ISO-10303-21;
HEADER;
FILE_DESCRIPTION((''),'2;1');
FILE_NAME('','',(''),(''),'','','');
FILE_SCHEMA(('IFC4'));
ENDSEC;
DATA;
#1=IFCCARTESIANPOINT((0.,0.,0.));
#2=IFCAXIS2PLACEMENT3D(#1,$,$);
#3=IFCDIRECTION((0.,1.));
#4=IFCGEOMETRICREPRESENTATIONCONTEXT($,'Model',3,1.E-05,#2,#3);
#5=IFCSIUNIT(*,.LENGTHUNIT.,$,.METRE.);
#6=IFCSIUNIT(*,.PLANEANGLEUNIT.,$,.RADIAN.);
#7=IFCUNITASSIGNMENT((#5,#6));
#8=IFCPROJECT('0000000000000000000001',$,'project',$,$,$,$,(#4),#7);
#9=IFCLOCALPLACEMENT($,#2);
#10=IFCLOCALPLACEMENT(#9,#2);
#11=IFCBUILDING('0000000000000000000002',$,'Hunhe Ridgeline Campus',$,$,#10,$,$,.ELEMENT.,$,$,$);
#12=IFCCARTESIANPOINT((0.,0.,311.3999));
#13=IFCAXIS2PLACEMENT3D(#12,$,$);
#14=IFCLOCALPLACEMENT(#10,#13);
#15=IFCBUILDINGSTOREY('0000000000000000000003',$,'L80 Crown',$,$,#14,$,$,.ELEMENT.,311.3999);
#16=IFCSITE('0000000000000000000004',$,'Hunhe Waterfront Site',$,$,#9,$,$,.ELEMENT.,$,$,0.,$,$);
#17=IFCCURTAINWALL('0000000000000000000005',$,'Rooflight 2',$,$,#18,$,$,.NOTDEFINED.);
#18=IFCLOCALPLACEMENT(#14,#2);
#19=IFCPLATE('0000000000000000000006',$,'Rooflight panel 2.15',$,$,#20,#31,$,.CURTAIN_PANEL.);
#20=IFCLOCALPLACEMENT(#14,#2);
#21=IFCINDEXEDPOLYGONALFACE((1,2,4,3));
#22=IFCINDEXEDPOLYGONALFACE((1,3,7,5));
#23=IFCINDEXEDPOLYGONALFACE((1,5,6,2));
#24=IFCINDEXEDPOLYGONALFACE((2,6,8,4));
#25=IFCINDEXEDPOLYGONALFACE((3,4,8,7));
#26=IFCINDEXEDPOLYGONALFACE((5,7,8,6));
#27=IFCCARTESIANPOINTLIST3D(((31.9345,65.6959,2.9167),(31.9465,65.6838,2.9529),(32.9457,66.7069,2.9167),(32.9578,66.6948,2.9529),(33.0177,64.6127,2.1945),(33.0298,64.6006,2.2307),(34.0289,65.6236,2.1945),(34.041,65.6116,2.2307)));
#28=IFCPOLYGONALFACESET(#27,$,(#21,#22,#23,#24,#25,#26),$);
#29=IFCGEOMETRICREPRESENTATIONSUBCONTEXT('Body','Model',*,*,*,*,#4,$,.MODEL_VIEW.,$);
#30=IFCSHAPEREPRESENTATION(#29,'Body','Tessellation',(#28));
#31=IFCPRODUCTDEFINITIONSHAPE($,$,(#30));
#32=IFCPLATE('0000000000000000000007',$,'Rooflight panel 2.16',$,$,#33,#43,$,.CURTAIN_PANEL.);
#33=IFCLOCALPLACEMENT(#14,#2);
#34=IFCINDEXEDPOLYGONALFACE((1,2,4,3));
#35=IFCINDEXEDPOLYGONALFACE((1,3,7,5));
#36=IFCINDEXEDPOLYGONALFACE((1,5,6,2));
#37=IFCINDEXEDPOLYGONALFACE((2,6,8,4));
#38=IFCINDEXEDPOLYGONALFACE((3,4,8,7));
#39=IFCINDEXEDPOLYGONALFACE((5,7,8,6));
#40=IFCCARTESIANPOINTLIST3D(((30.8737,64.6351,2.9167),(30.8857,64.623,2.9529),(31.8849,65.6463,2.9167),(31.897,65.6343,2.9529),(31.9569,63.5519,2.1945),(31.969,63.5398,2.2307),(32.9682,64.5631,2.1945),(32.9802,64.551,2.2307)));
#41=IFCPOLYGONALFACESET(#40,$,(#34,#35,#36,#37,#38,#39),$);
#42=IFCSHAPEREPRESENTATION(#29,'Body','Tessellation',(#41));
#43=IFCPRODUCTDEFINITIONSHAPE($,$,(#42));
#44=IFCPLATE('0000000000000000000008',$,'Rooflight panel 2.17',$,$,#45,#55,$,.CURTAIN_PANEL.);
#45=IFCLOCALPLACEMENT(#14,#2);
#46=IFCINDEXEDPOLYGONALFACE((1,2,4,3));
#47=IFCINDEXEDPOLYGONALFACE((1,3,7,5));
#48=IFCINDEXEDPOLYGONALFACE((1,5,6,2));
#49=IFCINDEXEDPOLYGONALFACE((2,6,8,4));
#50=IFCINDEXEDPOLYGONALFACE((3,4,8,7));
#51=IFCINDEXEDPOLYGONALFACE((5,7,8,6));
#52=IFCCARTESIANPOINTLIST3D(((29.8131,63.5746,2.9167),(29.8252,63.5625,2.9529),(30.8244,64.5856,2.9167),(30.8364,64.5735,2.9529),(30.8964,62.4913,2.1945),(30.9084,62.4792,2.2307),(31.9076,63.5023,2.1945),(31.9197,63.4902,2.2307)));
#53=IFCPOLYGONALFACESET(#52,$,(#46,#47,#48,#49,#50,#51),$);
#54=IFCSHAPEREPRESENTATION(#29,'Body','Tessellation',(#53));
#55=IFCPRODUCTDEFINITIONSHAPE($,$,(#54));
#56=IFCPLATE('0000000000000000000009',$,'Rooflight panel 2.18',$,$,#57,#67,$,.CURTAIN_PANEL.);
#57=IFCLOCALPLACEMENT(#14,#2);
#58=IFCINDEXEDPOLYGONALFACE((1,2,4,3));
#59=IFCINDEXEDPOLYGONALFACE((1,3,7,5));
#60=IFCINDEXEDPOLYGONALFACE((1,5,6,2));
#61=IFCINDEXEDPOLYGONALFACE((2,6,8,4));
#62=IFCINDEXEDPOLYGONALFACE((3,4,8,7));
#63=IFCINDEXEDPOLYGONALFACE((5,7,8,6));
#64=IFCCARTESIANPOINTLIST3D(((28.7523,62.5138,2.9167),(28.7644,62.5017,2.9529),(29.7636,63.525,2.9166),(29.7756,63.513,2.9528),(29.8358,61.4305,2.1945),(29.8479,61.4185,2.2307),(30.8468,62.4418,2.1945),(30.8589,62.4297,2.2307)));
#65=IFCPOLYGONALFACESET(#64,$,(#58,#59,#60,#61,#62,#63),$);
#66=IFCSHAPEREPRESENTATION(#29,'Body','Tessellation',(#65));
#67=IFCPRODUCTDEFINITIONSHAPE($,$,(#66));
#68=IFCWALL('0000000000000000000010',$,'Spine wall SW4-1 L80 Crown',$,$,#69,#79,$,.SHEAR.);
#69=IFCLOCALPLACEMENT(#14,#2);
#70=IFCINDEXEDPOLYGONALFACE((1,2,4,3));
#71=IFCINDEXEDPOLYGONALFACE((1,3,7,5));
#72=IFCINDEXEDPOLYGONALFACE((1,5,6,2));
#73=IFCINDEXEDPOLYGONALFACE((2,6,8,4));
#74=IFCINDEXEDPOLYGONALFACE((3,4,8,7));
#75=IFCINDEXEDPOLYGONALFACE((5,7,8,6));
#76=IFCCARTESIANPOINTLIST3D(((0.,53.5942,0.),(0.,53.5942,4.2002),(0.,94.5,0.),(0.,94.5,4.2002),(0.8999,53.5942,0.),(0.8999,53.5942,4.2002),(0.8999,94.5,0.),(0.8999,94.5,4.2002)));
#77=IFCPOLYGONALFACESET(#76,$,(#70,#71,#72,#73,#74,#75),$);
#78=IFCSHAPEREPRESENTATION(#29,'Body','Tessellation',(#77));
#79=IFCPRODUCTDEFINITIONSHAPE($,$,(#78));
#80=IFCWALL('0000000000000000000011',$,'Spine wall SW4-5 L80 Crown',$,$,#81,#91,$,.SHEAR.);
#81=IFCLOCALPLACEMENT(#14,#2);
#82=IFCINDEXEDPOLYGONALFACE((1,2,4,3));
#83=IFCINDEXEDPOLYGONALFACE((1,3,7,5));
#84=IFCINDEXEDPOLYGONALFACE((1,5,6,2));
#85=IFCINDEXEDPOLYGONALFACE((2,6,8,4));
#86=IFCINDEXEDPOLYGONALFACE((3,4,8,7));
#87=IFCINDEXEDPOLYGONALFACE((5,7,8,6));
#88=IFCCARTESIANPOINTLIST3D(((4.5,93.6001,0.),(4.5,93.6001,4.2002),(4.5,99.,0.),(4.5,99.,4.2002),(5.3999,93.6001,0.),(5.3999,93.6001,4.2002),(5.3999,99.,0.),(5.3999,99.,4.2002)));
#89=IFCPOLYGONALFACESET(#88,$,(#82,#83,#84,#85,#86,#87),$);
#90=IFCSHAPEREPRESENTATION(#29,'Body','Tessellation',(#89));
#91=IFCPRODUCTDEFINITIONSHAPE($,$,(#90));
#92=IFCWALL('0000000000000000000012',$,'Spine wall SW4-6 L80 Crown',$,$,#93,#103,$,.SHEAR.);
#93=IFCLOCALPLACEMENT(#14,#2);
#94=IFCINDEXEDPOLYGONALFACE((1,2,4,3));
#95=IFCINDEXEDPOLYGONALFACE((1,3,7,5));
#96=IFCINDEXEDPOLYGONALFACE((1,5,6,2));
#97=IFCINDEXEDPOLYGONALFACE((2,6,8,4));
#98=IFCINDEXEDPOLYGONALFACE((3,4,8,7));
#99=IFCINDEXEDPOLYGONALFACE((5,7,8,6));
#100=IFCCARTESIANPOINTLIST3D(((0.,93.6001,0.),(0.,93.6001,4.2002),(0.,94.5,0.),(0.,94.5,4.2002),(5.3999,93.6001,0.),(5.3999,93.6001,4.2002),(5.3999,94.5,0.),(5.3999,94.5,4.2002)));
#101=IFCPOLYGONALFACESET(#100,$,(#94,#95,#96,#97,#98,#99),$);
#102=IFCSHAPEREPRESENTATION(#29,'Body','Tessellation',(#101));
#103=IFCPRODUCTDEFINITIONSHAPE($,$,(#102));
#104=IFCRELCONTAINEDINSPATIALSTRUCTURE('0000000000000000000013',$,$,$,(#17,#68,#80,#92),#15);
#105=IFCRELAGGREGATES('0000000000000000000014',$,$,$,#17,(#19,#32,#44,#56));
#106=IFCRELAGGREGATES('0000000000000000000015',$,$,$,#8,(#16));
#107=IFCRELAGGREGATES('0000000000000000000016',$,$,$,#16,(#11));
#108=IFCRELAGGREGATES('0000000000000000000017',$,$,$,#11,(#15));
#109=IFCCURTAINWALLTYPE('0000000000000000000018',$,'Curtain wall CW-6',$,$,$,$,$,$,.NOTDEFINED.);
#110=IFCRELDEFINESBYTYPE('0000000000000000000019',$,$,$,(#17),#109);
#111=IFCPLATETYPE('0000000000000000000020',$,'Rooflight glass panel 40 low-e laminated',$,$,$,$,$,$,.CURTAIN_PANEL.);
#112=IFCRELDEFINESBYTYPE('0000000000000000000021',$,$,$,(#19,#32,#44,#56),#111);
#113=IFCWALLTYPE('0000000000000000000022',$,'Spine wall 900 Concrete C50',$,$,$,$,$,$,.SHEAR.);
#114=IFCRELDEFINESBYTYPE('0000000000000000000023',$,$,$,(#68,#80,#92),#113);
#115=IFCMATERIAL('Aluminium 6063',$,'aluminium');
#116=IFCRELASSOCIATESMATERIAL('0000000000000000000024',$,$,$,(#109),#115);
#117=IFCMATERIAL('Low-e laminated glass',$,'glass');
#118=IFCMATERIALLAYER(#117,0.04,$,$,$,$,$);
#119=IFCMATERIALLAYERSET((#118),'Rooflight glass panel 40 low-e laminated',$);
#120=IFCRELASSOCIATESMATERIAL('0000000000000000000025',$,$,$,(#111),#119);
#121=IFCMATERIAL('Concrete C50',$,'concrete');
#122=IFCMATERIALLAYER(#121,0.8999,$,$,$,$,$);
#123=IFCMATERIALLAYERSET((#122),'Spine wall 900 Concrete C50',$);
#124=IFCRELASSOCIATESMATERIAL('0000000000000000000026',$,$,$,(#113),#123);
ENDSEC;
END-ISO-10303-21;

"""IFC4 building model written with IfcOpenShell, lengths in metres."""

from ifc_helpers import new_model, si_unit, direction, frame, origin, place, context, subcontext, project, spatial, polyline, outline, extrude, material, layer, layer_set, type_object, element, aggregate, save


model = new_model("IFC4")

# Units and contexts
model_context = context("Model", 3, precision=1e-05, world=origin(), true_north=direction((0.0, 1.0)))
body_context = subcontext(model_context, "Body", "Model", "MODEL_VIEW")
ifc_project = project(units=[si_unit("LENGTHUNIT", "METRE"), si_unit("PLANEANGLEUNIT", "RADIAN")], contexts=[model_context])

# Site, building, storey
site_placement = place(None, origin())
site = spatial("IfcSite", under=ifc_project, at=site_placement, Name="Hunhe Waterfront Site", CompositionType="ELEMENT", RefElevation=0.0)
building_placement = place(site_placement, origin())
building = spatial("IfcBuilding", under=site, at=building_placement, Name="Hunhe Ridgeline Campus", CompositionType="ELEMENT")
storey_placement = place(building_placement, frame((0.0, 0.0, 311.3999)))
storey = spatial("IfcBuildingStorey", under=building, at=storey_placement, Name="L80 Crown", CompositionType="ELEMENT", Elevation=311.3999)

# Curtain wall, plates
ifc_material_1 = material(Name="Aluminium 6063", Category="aluminium")
curtain_wall_type = type_object("IfcCurtainWallType", Name="Curtain wall CW-6", PredefinedType="NOTDEFINED", material=ifc_material_1)
curtain_wall_placement = place(storey_placement, origin())
curtain_wall = element("IfcCurtainWall", 1, at=curtain_wall_placement, inside=storey, type_object=curtain_wall_type, Name="Rooflight 2", PredefinedType="NOTDEFINED")
ifc_material_2 = material(Name="Low-e laminated glass", Category="glass")
ifc_layer_1 = layer(ifc_material_2, 0.04)
ifc_layer_set_1 = layer_set([ifc_layer_1], Name="Rooflight glass panel 40 low-e laminated")
plate_type = type_object("IfcPlateType", Name="Rooflight glass panel 40 low-e laminated", PredefinedType="CURTAIN_PANEL", material=ifc_layer_set_1)
plate_1_placement = place(storey_placement, frame((34.041, 65.6116, 2.2307), z_axis=(0.301475, -0.301548, 0.904534), x_axis=(-0.639602, 0.639602, 0.426401)))
plate_1 = element("IfcPlate", 2, at=plate_1_placement, type_object=plate_type, Name="Rooflight panel 2.15", PredefinedType="CURTAIN_PANEL", context=body_context, shape_type="SweptSolid", body=[
    extrude(outline(polyline([(0.0, 0.0), (1.6936, 0.0), (1.6938, 1.4299), (0.0002, 1.4299), (0.0, 0.0)])), origin(), (0.0, 0.0, -1.0), 0.04),
])
plate_2_placement = place(storey_placement, frame((32.9802, 64.551, 2.2307), z_axis=(0.301511, -0.301511, 0.904534), x_axis=(-0.639602, 0.639602, 0.426401)))
plate_2 = element("IfcPlate", 3, at=plate_2_placement, type_object=plate_type, Name="Rooflight panel 2.16", PredefinedType="CURTAIN_PANEL", context=body_context, shape_type="SweptSolid", body=[
    extrude(outline(polyline([(0.0, 0.0), (1.6936, 0.0), (1.6936, 1.4301), (0.0, 1.4301), (0.0, 0.0)])), origin(), (0.0, 0.0, -1.0), 0.04),
])
plate_3_placement = place(storey_placement, frame((31.9197, 63.4902, 2.2307), z_axis=(0.301475, -0.301548, 0.904534), x_axis=(-0.639602, 0.639602, 0.426401)))
plate_3 = element("IfcPlate", 4, at=plate_3_placement, type_object=plate_type, Name="Rooflight panel 2.17", PredefinedType="CURTAIN_PANEL", context=body_context, shape_type="SweptSolid", body=[
    extrude(outline(polyline([(0.0, 0.0), (1.6936, 0.0), (1.6938, 1.4299), (0.0002, 1.4299), (0.0, 0.0)])), origin(), (0.0, 0.0, -1.0), 0.04),
])
plate_4_placement = place(storey_placement, frame((30.8589, 62.4297, 2.2307), z_axis=(0.301516, -0.301479, 0.904543), x_axis=(-0.639609, 0.639609, 0.426382)))
plate_4 = element("IfcPlate", 5, at=plate_4_placement, type_object=plate_type, Name="Rooflight panel 2.18", PredefinedType="CURTAIN_PANEL", context=body_context, shape_type="SweptSolid", body=[
    extrude(outline(polyline([(0.0, 0.0), (1.6936, 0.0), (1.6936, 1.4301), (-0.0002, 1.4299), (0.0, 0.0)])), origin(), (0.0, 0.0, -1.0), 0.04),
])
aggregate(curtain_wall, [plate_1, plate_2, plate_3, plate_4])

# Walls
ifc_material_3 = material(Name="Concrete C50", Category="concrete")
ifc_layer_2 = layer(ifc_material_3, 0.8999)
ifc_layer_set_2 = layer_set([ifc_layer_2], Name="Spine wall 900 Concrete C50")
wall_type = type_object("IfcWallType", Name="Spine wall 900 Concrete C50", PredefinedType="SHEAR", material=ifc_layer_set_2)
wall_placement = place(storey_placement, frame((0.45, 94.5, 0.0), z_axis=(0.0, 0.0, 1.0), x_axis=(0.0, -1.0, 0.0)))
element("IfcWall", 6, at=wall_placement, inside=storey, type_object=wall_type, Name="Spine wall SW4-1 L80 Crown", PredefinedType="SHEAR", context=body_context, shape_type="SweptSolid", body=[
    extrude(outline(polyline([(0.0, 0.0), (40.9058, 0.0), (40.9058, 4.2002), (0.0, 4.2002), (0.0, 0.0)])), frame((0.0, 0.45, 0.0), z_axis=(0.0, -1.0, 0.0), x_axis=(1.0, 0.0, 0.0)), (0.0, 0.0, 1.0), 0.8999),
])
for number, where, z_axis, x_axis, name in (
    (7, (4.95, 99.0, 0.0), (0.0, 0.0, 1.0), (0.0, -1.0, 0.0), "Spine wall SW4-5 L80 Crown"),
    (8, (5.3999, 94.05, 0.0), (0.0, 0.0, 1.0), (-1.0, 0.0, 0.0), "Spine wall SW4-6 L80 Crown"),
):
    element("IfcWall", number, at=place(storey_placement, frame(where, z_axis=z_axis, x_axis=x_axis)), inside=storey, type_object=wall_type, Name=name, PredefinedType="SHEAR", context=body_context, shape_type="SweptSolid", body=[
        extrude(outline(polyline([(0.0, 0.0), (5.3999, 0.0), (5.3999, 4.2002), (0.0, 4.2002), (0.0, 0.0)])), frame((0.0, 0.45, 0.0), z_axis=(0.0, -1.0, 0.0), x_axis=(1.0, 0.0, 0.0)), (0.0, 0.0, 1.0), 0.8999),
    ])

save(model, "model.ifc")
